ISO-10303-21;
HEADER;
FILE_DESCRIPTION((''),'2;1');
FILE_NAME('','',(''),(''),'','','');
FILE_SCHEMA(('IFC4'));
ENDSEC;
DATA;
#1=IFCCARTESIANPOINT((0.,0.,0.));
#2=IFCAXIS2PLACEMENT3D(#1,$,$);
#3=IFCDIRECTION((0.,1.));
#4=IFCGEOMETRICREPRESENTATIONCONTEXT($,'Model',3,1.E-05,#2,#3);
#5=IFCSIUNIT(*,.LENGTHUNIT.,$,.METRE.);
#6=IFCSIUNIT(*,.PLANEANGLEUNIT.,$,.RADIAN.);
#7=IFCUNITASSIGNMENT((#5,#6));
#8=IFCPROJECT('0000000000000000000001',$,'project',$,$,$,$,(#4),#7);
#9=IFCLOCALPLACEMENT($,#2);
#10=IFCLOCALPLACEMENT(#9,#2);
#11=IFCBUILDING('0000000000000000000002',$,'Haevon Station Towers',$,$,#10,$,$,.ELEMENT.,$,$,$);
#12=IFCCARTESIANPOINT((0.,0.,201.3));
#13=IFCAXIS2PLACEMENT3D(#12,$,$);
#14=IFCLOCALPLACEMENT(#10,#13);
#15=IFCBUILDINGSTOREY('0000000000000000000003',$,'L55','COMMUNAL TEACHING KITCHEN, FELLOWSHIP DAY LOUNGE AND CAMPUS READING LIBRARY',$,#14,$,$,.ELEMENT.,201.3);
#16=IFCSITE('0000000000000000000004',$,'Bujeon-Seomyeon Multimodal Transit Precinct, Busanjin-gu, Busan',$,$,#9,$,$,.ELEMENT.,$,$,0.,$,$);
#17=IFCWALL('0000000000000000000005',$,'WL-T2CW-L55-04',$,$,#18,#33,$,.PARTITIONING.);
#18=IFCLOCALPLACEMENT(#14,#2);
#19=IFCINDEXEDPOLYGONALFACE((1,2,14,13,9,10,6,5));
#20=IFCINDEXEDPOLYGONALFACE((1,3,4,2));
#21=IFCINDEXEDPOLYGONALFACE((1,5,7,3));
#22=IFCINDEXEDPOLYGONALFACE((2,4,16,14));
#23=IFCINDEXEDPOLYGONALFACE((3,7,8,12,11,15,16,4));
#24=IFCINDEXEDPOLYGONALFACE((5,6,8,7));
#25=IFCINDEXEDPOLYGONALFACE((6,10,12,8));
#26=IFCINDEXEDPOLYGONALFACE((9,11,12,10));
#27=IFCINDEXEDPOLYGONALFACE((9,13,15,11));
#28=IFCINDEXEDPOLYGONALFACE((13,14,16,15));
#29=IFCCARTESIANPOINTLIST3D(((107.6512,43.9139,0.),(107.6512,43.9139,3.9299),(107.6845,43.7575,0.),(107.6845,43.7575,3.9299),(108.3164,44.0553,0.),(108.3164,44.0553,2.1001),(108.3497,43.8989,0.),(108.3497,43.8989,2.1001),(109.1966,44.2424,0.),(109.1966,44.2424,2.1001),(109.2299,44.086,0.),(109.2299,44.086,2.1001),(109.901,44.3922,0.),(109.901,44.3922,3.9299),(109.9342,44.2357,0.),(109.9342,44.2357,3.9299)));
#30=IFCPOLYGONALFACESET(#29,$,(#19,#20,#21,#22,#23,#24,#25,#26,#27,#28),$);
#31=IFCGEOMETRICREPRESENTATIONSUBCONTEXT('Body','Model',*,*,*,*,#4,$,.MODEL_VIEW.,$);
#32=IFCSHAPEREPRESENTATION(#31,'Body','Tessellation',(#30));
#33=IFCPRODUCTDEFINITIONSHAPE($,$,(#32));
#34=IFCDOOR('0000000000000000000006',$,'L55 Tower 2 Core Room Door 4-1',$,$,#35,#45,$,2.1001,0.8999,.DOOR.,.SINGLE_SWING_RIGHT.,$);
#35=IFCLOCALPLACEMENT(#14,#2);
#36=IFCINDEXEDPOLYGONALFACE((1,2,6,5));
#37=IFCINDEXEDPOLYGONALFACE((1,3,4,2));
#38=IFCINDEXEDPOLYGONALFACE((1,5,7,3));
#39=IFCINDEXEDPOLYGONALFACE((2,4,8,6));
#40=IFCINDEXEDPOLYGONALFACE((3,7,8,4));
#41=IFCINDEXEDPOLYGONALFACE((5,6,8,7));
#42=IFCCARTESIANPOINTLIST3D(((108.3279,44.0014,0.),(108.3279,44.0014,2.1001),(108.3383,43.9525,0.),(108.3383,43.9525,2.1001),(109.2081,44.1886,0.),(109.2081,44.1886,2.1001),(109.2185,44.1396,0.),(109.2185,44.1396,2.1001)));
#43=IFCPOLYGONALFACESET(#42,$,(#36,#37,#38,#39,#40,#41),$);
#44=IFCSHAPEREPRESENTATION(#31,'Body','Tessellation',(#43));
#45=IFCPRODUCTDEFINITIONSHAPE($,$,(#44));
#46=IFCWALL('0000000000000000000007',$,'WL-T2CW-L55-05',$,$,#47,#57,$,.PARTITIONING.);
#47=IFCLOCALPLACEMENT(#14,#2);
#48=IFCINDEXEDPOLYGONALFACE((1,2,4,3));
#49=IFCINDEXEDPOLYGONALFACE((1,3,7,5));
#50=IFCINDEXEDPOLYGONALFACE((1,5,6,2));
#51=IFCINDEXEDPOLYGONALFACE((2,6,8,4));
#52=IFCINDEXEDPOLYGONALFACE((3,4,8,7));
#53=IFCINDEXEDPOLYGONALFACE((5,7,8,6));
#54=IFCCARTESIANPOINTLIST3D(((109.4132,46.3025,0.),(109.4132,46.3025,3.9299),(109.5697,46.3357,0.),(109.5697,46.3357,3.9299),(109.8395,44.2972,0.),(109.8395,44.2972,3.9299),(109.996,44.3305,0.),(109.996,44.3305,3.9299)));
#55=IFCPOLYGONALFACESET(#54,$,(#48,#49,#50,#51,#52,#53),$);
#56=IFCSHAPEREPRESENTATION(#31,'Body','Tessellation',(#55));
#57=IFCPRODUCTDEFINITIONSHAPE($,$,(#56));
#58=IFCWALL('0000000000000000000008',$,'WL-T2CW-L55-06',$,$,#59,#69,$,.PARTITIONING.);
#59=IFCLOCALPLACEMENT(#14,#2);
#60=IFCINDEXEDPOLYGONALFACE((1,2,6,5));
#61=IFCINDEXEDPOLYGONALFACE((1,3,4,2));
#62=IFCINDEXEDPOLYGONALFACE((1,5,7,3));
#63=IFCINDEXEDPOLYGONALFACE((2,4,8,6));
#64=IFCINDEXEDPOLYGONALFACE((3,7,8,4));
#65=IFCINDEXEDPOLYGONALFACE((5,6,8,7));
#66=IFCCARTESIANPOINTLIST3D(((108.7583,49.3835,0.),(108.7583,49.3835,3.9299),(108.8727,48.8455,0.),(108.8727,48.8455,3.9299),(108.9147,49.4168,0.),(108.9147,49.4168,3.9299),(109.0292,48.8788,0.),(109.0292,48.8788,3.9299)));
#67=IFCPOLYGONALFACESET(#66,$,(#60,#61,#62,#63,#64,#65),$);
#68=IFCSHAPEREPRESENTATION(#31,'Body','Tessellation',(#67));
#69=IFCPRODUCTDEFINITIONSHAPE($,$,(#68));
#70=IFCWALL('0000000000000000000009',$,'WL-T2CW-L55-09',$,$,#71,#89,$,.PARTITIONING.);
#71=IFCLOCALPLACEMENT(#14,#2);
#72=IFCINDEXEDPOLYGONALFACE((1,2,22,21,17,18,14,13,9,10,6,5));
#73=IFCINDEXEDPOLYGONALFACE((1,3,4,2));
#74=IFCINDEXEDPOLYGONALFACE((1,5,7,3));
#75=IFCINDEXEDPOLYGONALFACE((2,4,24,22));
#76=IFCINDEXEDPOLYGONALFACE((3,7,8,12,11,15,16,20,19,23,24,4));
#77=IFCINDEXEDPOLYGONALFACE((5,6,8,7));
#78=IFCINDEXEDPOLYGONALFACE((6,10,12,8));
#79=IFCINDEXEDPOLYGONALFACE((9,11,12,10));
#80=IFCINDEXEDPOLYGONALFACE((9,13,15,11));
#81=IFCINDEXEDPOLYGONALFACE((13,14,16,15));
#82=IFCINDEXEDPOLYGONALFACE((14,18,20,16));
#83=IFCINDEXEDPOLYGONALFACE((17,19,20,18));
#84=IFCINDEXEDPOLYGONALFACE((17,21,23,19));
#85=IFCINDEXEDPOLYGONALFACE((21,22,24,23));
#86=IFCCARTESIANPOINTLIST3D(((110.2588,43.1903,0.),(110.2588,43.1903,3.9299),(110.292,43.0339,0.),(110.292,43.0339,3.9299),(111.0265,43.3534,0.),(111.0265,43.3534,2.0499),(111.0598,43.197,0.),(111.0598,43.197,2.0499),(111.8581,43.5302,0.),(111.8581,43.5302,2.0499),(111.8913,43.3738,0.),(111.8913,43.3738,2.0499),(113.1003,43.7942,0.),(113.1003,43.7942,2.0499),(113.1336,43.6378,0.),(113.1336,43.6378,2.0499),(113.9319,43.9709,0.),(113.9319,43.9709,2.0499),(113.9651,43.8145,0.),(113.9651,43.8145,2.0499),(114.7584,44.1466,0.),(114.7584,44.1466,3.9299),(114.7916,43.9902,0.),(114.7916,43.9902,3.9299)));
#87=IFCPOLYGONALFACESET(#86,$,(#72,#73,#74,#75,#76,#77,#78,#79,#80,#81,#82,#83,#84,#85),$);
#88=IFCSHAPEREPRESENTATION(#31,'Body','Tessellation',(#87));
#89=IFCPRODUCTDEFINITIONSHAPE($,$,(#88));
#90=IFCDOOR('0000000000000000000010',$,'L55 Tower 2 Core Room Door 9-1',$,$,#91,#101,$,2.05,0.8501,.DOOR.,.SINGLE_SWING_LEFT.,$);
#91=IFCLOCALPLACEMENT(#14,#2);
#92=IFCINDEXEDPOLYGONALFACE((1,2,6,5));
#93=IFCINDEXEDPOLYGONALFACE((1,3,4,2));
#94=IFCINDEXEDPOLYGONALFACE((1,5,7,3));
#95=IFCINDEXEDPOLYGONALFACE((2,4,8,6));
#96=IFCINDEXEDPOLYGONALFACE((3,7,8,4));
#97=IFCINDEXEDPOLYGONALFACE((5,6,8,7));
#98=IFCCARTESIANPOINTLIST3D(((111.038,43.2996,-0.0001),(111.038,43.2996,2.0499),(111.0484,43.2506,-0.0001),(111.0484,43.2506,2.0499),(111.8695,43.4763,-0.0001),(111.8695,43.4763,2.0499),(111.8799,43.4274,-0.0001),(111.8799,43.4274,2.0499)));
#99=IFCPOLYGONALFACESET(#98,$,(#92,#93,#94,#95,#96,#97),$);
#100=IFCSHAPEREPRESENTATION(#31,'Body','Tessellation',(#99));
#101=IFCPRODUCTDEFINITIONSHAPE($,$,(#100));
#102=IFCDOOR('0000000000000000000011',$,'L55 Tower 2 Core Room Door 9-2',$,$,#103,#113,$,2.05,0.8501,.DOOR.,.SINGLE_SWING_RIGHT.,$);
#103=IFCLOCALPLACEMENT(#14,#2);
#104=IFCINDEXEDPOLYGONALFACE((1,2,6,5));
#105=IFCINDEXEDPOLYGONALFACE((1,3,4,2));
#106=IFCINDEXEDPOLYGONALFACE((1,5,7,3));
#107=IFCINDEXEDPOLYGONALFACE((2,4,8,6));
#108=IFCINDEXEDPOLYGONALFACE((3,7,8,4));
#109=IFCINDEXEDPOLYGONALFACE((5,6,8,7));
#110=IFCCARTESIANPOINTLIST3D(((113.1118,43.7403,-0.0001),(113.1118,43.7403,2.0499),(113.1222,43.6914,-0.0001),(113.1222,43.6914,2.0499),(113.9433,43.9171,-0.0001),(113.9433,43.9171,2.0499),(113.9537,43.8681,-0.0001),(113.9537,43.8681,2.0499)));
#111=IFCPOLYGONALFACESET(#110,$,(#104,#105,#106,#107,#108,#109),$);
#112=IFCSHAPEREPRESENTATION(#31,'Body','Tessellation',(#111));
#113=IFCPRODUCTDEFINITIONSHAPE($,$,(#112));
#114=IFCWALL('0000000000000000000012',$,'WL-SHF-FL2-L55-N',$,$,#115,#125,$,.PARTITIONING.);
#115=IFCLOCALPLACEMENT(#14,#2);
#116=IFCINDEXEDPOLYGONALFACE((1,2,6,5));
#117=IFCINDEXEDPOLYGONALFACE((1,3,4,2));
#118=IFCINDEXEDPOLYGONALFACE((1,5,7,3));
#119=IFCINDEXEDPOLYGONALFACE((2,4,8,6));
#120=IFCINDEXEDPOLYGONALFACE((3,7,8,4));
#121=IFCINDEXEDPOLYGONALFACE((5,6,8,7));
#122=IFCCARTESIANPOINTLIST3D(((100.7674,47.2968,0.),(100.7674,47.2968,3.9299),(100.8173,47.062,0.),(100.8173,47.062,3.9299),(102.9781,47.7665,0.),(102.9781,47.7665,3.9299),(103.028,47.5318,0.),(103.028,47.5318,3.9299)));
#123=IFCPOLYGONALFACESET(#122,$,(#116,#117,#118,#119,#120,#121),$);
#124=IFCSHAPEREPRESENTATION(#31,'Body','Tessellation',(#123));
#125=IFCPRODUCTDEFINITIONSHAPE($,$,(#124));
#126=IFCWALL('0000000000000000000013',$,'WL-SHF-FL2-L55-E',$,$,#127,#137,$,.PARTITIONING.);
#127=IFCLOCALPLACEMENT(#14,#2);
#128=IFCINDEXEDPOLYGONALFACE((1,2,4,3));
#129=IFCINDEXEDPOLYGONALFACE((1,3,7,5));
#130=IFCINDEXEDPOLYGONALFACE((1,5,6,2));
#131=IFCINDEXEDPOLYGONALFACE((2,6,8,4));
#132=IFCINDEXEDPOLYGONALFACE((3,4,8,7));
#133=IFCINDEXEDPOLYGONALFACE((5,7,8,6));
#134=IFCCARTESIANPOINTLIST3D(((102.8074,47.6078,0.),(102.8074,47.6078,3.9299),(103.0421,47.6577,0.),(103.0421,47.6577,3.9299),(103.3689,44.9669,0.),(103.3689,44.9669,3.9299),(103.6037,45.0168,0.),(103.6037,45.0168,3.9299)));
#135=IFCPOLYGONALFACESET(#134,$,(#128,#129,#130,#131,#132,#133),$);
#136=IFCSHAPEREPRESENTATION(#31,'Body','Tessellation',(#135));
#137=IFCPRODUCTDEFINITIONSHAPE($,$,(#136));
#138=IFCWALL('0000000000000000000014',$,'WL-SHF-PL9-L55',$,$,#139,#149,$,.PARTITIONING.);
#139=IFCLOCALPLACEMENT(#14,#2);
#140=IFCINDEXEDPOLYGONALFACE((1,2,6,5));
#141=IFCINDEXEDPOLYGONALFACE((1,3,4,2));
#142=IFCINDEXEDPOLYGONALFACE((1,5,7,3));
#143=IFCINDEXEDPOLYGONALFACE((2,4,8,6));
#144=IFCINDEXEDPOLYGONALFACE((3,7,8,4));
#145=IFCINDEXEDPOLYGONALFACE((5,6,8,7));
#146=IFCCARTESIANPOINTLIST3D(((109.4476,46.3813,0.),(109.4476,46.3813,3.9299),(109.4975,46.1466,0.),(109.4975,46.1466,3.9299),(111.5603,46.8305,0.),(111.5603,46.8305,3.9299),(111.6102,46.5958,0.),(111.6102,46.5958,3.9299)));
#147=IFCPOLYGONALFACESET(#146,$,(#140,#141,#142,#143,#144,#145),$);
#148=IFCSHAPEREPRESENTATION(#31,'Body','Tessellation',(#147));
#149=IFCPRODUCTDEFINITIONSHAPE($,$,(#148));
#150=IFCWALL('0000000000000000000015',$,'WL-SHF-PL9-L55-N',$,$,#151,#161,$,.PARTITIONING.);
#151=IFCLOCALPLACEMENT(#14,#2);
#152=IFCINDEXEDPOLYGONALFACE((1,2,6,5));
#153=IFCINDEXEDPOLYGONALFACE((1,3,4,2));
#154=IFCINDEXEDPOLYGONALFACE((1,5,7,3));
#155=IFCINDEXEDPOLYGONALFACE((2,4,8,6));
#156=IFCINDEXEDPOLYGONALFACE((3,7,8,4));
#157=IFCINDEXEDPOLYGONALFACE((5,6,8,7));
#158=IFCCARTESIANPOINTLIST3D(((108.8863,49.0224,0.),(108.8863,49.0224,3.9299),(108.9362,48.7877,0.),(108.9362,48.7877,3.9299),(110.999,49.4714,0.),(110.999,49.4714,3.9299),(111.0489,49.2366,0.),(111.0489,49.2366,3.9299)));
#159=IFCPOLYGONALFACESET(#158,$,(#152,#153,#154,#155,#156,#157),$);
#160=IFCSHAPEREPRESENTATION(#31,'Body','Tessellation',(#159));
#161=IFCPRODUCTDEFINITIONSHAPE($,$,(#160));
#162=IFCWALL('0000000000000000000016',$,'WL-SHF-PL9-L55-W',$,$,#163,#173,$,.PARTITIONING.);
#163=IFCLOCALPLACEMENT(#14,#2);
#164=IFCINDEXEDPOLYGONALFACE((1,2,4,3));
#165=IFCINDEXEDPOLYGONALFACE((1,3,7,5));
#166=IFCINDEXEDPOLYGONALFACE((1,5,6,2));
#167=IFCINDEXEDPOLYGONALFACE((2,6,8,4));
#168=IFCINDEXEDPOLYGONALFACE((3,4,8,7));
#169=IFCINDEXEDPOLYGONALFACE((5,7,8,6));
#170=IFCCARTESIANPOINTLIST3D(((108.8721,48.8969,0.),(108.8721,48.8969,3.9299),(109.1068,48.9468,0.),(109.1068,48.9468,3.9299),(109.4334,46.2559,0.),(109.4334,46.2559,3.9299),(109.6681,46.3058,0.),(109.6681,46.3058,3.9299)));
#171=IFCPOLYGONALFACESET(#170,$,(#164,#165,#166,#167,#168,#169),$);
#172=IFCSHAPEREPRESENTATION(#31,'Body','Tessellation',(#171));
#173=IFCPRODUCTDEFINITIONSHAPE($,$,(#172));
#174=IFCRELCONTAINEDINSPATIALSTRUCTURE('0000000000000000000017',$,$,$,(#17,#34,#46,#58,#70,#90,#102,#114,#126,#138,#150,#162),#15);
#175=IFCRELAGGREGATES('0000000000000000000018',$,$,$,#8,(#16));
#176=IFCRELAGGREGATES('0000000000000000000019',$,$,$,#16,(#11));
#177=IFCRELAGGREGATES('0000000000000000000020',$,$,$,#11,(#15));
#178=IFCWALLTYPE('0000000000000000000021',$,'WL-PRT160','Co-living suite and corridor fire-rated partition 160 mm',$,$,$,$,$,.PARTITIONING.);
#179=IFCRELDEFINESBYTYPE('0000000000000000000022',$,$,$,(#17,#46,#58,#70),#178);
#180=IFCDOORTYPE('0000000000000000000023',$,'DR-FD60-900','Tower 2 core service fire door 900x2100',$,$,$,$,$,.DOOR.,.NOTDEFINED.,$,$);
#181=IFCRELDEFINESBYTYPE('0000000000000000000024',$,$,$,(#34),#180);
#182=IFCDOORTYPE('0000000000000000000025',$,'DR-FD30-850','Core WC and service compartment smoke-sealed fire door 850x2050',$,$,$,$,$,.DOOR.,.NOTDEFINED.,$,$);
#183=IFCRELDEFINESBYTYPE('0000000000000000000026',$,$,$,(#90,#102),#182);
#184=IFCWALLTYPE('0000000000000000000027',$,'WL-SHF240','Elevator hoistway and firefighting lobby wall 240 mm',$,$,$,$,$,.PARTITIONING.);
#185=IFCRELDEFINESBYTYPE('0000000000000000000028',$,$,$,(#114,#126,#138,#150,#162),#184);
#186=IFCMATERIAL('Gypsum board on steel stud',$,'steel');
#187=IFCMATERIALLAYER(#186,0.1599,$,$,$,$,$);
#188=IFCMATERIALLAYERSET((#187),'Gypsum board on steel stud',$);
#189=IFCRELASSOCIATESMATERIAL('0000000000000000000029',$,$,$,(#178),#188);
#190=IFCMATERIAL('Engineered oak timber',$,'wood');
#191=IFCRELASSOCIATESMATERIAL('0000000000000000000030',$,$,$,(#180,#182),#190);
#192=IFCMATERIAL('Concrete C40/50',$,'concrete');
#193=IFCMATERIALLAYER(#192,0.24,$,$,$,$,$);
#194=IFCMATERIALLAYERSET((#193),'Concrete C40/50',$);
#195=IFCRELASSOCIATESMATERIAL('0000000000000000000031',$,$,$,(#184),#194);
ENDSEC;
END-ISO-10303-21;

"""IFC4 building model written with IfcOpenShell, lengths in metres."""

from ifc_helpers import new_model, si_unit, direction, frame, frame_2d, origin, place, context, subcontext, project, spatial, rectangle, extrude, material, layer, layer_set, type_object, element, fill, save


model = new_model("IFC4")

# Units and contexts
model_context = context("Model", 3, precision=1e-05, world=origin(), true_north=direction((0.0, 1.0)))
body_context = subcontext(model_context, "Body", "Model", "MODEL_VIEW")
ifc_project = project(units=[si_unit("LENGTHUNIT", "METRE"), si_unit("PLANEANGLEUNIT", "RADIAN")], contexts=[model_context])

# Site, building, storey
site_placement = place(None, origin())
site = spatial("IfcSite", under=ifc_project, at=site_placement, Name="Bujeon-Seomyeon Multimodal Transit Precinct, Busanjin-gu, Busan", CompositionType="ELEMENT", RefElevation=0.0)
building_placement = place(site_placement, origin())
building = spatial("IfcBuilding", under=site, at=building_placement, Name="Haevon Station Towers", CompositionType="ELEMENT")
storey_placement = place(building_placement, frame((0.0, 0.0, 201.3)))
storey = spatial("IfcBuildingStorey", under=building, at=storey_placement, Name="L55", Description="COMMUNAL TEACHING KITCHEN, FELLOWSHIP DAY LOUNGE AND CAMPUS READING LIBRARY", CompositionType="ELEMENT", Elevation=201.3)

# Shared definitions
ifc_material_1 = material(Name="Gypsum board on steel stud", Category="steel")
ifc_material_2 = material(Name="Engineered oak timber", Category="wood")

# Shared definitions
ifc_layer_1 = layer(ifc_material_1, 0.1599)
ifc_layer_set_1 = layer_set([ifc_layer_1], Name="Gypsum board on steel stud")
wall_type_1 = type_object("IfcWallType", Name="WL-PRT160", Description="Co-living suite and corridor fire-rated partition 160 mm", PredefinedType="PARTITIONING", material=ifc_layer_set_1)

# Shared definitions
door_type_1 = type_object("IfcDoorType", Name="DR-FD60-900", Description="Tower 2 core service fire door 900x2100", OperationType="NOTDEFINED", PredefinedType="DOOR", material=ifc_material_2)

# Wall, opening, door
wall_1_placement = place(storey_placement, frame((107.668, 43.8357, 0.0), z_axis=(0.0, 0.0, 1.0), x_axis=(0.978141, 0.207941, 0.0)))
wall_1 = element("IfcWall", 1, at=wall_1_placement, inside=storey, type_object=wall_type_1, Name="WL-T2CW-L55-04", PredefinedType="PARTITIONING", context=body_context, shape_type="SweptSolid", body=[
    extrude(rectangle(XDim=2.3, YDim=0.1599, at=frame_2d((1.1499, 0.0))), origin(), (0.0, 0.0, 1.0), 3.9299),
])
opening_1_placement = place(wall_1_placement, frame((0.6799, 0.0, 0.0)))
opening_1 = element("IfcOpeningElement", 2, at=opening_1_placement, cuts=wall_1, PredefinedType="OPENING", context=body_context, shape_type="SweptSolid", body=[
    extrude(rectangle(XDim=0.8999, YDim=2.1001, at=frame_2d((0.45, 1.05))), frame((0.0, 0.0898, 0.0), z_axis=(0.0, -1.0, 0.0), x_axis=(1.0, 0.0, 0.0)), (0.0, 0.0, 1.0), 0.1799),
])
door_1_placement = place(opening_1_placement, origin())
door_1 = element("IfcDoor", 3, at=door_1_placement, inside=storey, type_object=door_type_1, Name="L55 Tower 2 Core Room Door 4-1", OperationType="SINGLE_SWING_RIGHT", OverallHeight=2.1001, OverallWidth=0.8999, PredefinedType="DOOR", context=body_context, shape_type="SweptSolid", body=[
    extrude(rectangle(XDim=0.8999, YDim=2.1001, at=frame_2d((0.45, 1.05))), frame((0.0, 0.0249, 0.0), z_axis=(0.0, -1.0, 0.0), x_axis=(1.0, 0.0, 0.0)), (0.0, 0.0, 1.0), 0.05),
])
fill(opening_1, door_1)

# Walls
wall_2_placement = place(storey_placement, frame((109.9177, 44.314, 0.0), z_axis=(0.0, 0.0, 1.0), x_axis=(-0.207943, 0.978141, 0.0)))
element("IfcWall", 4, at=wall_2_placement, inside=storey, type_object=wall_type_1, Name="WL-T2CW-L55-05", PredefinedType="PARTITIONING", context=body_context, shape_type="SweptSolid", body=[
    extrude(rectangle(XDim=2.05, YDim=0.1599, at=frame_2d((1.0249, 0.0))), origin(), (0.0, 0.0, 1.0), 3.9299),
])
wall_3_placement = place(storey_placement, frame((108.9509, 48.8623, 0.0), z_axis=(0.0, 0.0, 1.0), x_axis=(-0.208135, 0.9781, 0.0)))
element("IfcWall", 5, at=wall_3_placement, inside=storey, type_object=wall_type_1, Name="WL-T2CW-L55-06", PredefinedType="PARTITIONING", context=body_context, shape_type="SweptSolid", body=[
    extrude(rectangle(XDim=0.55, YDim=0.1599, at=frame_2d((0.2749, 0.0))), origin(), (0.0, 0.0, 1.0), 3.9299),
])

# Wall, openings, doors
wall_4_placement = place(storey_placement, frame((110.2754, 43.1121, 0.0), z_axis=(0.0, 0.0, 1.0), x_axis=(0.978152, 0.20789, 0.0)))
wall_4 = element("IfcWall", 6, at=wall_4_placement, inside=storey, type_object=wall_type_1, Name="WL-T2CW-L55-09", PredefinedType="PARTITIONING", context=body_context, shape_type="SweptSolid", body=[
    extrude(rectangle(XDim=4.6001, YDim=0.1599, at=frame_2d((2.3, 0.0))), origin(), (0.0, 0.0, 1.0), 3.9299),
])
opening_2_placement = place(wall_4_placement, frame((0.7849, 0.0, 0.0)))
opening_2 = element("IfcOpeningElement", 7, at=opening_2_placement, cuts=wall_4, PredefinedType="OPENING", context=body_context, shape_type="SweptSolid", body=[
    extrude(rectangle(XDim=0.8501, YDim=2.05, at=frame_2d((0.425, 1.0249))), frame((0.0, 0.0898, 0.0), z_axis=(0.0, -1.0, 0.0), x_axis=(1.0, 0.0, 0.0)), (0.0, 0.0, 1.0), 0.1799),
])
opening_3_placement = place(wall_4_placement, frame((2.905, 0.0, 0.0)))
opening_3 = element("IfcOpeningElement", 8, at=opening_3_placement, cuts=wall_4, PredefinedType="OPENING", context=body_context, shape_type="SweptSolid", body=[
    extrude(rectangle(XDim=0.8501, YDim=2.05, at=frame_2d((0.425, 1.0249))), frame((0.0, 0.0898, 0.0), z_axis=(0.0, -1.0, 0.0), x_axis=(1.0, 0.0, 0.0)), (0.0, 0.0, 1.0), 0.1799),
])
door_type_2 = type_object("IfcDoorType", Name="DR-FD30-850", Description="Core WC and service compartment smoke-sealed fire door 850x2050", OperationType="NOTDEFINED", PredefinedType="DOOR", material=ifc_material_2)
door_2_placement = place(opening_2_placement, origin())
door_2 = element("IfcDoor", 9, at=door_2_placement, inside=storey, type_object=door_type_2, Name="L55 Tower 2 Core Room Door 9-1", OperationType="SINGLE_SWING_LEFT", OverallHeight=2.05, OverallWidth=0.8501, PredefinedType="DOOR", context=body_context, shape_type="SweptSolid", body=[
    extrude(rectangle(XDim=0.8501, YDim=2.05, at=frame_2d((0.425, 1.0249))), frame((0.0, 0.0249, 0.0), z_axis=(0.0, -1.0, 0.0), x_axis=(1.0, 0.0, 0.0)), (0.0, 0.0, 1.0), 0.05),
])
fill(opening_2, door_2)
door_3_placement = place(opening_3_placement, origin())
door_3 = element("IfcDoor", 10, at=door_3_placement, inside=storey, type_object=door_type_2, Name="L55 Tower 2 Core Room Door 9-2", OperationType="SINGLE_SWING_RIGHT", OverallHeight=2.05, OverallWidth=0.8501, PredefinedType="DOOR", context=body_context, shape_type="SweptSolid", body=[
    extrude(rectangle(XDim=0.8501, YDim=2.05, at=frame_2d((0.425, 1.0249))), frame((0.0, 0.0249, 0.0), z_axis=(0.0, -1.0, 0.0), x_axis=(1.0, 0.0, 0.0)), (0.0, 0.0, 1.0), 0.05),
])
fill(opening_3, door_3)

# Shared definitions
ifc_material_3 = material(Name="Concrete C40/50", Category="concrete")
ifc_layer_2 = layer(ifc_material_3, 0.24)
ifc_layer_set_2 = layer_set([ifc_layer_2], Name="Concrete C40/50")
wall_type_2 = type_object("IfcWallType", Name="WL-SHF240", Description="Elevator hoistway and firefighting lobby wall 240 mm", PredefinedType="PARTITIONING", material=ifc_layer_set_2)

# Walls
wall_5_placement = place(storey_placement, frame((100.7925, 47.1794, 0.0), z_axis=(0.0, 0.0, 1.0), x_axis=(0.978163, 0.207839, 0.0)))
element("IfcWall", 11, at=wall_5_placement, inside=storey, type_object=wall_type_2, Name="WL-SHF-FL2-L55-N", PredefinedType="PARTITIONING", context=body_context, shape_type="SweptSolid", body=[
    extrude(rectangle(XDim=2.26, YDim=0.24, at=frame_2d((1.1299, 0.0))), origin(), (0.0, 0.0, 1.0), 3.9299),
])
wall_6_placement = place(storey_placement, frame((103.4863, 44.9917, 0.0), z_axis=(0.0, 0.0, 1.0), x_axis=(-0.207979, 0.978133, 0.0)))
element("IfcWall", 12, at=wall_6_placement, inside=storey, type_object=wall_type_2, Name="WL-SHF-FL2-L55-E", PredefinedType="PARTITIONING", context=body_context, shape_type="SweptSolid", body=[
    extrude(rectangle(XDim=2.7, YDim=0.24, at=frame_2d((1.3501, 0.0))), origin(), (0.0, 0.0, 1.0), 3.9299),
])
for number, where, z_axis, x_axis, name in (
    (13, (109.4724, 46.2639, 0.0), (0.0, 0.0, 1.0), (0.978135, 0.20797, 0.0), "WL-SHF-PL9-L55"),
    (14, (108.9111, 48.905, 0.0), (0.0, 0.0, 1.0), (0.978158, 0.207861, 0.0), "WL-SHF-PL9-L55-N"),
):
    element("IfcWall", number, at=place(storey_placement, frame(where, z_axis=z_axis, x_axis=x_axis)), inside=storey, type_object=wall_type_2, Name=name, PredefinedType="PARTITIONING", context=body_context, shape_type="SweptSolid", body=[
        extrude(rectangle(XDim=2.1599, YDim=0.24, at=frame_2d((1.0801, 0.0))), origin(), (0.0, 0.0, 1.0), 3.9299),
    ])
wall_7_placement = place(storey_placement, frame((109.5508, 46.2808, 0.0), z_axis=(0.0, 0.0, 1.0), x_axis=(-0.207892, 0.978152, 0.0)))
element("IfcWall", 15, at=wall_7_placement, inside=storey, type_object=wall_type_2, Name="WL-SHF-PL9-L55-W", PredefinedType="PARTITIONING", context=body_context, shape_type="SweptSolid", body=[
    extrude(rectangle(XDim=2.7, YDim=0.24, at=frame_2d((1.3501, 0.0))), origin(), (0.0, 0.0, 1.0), 3.9299),
])

save(model, "model.ifc")
